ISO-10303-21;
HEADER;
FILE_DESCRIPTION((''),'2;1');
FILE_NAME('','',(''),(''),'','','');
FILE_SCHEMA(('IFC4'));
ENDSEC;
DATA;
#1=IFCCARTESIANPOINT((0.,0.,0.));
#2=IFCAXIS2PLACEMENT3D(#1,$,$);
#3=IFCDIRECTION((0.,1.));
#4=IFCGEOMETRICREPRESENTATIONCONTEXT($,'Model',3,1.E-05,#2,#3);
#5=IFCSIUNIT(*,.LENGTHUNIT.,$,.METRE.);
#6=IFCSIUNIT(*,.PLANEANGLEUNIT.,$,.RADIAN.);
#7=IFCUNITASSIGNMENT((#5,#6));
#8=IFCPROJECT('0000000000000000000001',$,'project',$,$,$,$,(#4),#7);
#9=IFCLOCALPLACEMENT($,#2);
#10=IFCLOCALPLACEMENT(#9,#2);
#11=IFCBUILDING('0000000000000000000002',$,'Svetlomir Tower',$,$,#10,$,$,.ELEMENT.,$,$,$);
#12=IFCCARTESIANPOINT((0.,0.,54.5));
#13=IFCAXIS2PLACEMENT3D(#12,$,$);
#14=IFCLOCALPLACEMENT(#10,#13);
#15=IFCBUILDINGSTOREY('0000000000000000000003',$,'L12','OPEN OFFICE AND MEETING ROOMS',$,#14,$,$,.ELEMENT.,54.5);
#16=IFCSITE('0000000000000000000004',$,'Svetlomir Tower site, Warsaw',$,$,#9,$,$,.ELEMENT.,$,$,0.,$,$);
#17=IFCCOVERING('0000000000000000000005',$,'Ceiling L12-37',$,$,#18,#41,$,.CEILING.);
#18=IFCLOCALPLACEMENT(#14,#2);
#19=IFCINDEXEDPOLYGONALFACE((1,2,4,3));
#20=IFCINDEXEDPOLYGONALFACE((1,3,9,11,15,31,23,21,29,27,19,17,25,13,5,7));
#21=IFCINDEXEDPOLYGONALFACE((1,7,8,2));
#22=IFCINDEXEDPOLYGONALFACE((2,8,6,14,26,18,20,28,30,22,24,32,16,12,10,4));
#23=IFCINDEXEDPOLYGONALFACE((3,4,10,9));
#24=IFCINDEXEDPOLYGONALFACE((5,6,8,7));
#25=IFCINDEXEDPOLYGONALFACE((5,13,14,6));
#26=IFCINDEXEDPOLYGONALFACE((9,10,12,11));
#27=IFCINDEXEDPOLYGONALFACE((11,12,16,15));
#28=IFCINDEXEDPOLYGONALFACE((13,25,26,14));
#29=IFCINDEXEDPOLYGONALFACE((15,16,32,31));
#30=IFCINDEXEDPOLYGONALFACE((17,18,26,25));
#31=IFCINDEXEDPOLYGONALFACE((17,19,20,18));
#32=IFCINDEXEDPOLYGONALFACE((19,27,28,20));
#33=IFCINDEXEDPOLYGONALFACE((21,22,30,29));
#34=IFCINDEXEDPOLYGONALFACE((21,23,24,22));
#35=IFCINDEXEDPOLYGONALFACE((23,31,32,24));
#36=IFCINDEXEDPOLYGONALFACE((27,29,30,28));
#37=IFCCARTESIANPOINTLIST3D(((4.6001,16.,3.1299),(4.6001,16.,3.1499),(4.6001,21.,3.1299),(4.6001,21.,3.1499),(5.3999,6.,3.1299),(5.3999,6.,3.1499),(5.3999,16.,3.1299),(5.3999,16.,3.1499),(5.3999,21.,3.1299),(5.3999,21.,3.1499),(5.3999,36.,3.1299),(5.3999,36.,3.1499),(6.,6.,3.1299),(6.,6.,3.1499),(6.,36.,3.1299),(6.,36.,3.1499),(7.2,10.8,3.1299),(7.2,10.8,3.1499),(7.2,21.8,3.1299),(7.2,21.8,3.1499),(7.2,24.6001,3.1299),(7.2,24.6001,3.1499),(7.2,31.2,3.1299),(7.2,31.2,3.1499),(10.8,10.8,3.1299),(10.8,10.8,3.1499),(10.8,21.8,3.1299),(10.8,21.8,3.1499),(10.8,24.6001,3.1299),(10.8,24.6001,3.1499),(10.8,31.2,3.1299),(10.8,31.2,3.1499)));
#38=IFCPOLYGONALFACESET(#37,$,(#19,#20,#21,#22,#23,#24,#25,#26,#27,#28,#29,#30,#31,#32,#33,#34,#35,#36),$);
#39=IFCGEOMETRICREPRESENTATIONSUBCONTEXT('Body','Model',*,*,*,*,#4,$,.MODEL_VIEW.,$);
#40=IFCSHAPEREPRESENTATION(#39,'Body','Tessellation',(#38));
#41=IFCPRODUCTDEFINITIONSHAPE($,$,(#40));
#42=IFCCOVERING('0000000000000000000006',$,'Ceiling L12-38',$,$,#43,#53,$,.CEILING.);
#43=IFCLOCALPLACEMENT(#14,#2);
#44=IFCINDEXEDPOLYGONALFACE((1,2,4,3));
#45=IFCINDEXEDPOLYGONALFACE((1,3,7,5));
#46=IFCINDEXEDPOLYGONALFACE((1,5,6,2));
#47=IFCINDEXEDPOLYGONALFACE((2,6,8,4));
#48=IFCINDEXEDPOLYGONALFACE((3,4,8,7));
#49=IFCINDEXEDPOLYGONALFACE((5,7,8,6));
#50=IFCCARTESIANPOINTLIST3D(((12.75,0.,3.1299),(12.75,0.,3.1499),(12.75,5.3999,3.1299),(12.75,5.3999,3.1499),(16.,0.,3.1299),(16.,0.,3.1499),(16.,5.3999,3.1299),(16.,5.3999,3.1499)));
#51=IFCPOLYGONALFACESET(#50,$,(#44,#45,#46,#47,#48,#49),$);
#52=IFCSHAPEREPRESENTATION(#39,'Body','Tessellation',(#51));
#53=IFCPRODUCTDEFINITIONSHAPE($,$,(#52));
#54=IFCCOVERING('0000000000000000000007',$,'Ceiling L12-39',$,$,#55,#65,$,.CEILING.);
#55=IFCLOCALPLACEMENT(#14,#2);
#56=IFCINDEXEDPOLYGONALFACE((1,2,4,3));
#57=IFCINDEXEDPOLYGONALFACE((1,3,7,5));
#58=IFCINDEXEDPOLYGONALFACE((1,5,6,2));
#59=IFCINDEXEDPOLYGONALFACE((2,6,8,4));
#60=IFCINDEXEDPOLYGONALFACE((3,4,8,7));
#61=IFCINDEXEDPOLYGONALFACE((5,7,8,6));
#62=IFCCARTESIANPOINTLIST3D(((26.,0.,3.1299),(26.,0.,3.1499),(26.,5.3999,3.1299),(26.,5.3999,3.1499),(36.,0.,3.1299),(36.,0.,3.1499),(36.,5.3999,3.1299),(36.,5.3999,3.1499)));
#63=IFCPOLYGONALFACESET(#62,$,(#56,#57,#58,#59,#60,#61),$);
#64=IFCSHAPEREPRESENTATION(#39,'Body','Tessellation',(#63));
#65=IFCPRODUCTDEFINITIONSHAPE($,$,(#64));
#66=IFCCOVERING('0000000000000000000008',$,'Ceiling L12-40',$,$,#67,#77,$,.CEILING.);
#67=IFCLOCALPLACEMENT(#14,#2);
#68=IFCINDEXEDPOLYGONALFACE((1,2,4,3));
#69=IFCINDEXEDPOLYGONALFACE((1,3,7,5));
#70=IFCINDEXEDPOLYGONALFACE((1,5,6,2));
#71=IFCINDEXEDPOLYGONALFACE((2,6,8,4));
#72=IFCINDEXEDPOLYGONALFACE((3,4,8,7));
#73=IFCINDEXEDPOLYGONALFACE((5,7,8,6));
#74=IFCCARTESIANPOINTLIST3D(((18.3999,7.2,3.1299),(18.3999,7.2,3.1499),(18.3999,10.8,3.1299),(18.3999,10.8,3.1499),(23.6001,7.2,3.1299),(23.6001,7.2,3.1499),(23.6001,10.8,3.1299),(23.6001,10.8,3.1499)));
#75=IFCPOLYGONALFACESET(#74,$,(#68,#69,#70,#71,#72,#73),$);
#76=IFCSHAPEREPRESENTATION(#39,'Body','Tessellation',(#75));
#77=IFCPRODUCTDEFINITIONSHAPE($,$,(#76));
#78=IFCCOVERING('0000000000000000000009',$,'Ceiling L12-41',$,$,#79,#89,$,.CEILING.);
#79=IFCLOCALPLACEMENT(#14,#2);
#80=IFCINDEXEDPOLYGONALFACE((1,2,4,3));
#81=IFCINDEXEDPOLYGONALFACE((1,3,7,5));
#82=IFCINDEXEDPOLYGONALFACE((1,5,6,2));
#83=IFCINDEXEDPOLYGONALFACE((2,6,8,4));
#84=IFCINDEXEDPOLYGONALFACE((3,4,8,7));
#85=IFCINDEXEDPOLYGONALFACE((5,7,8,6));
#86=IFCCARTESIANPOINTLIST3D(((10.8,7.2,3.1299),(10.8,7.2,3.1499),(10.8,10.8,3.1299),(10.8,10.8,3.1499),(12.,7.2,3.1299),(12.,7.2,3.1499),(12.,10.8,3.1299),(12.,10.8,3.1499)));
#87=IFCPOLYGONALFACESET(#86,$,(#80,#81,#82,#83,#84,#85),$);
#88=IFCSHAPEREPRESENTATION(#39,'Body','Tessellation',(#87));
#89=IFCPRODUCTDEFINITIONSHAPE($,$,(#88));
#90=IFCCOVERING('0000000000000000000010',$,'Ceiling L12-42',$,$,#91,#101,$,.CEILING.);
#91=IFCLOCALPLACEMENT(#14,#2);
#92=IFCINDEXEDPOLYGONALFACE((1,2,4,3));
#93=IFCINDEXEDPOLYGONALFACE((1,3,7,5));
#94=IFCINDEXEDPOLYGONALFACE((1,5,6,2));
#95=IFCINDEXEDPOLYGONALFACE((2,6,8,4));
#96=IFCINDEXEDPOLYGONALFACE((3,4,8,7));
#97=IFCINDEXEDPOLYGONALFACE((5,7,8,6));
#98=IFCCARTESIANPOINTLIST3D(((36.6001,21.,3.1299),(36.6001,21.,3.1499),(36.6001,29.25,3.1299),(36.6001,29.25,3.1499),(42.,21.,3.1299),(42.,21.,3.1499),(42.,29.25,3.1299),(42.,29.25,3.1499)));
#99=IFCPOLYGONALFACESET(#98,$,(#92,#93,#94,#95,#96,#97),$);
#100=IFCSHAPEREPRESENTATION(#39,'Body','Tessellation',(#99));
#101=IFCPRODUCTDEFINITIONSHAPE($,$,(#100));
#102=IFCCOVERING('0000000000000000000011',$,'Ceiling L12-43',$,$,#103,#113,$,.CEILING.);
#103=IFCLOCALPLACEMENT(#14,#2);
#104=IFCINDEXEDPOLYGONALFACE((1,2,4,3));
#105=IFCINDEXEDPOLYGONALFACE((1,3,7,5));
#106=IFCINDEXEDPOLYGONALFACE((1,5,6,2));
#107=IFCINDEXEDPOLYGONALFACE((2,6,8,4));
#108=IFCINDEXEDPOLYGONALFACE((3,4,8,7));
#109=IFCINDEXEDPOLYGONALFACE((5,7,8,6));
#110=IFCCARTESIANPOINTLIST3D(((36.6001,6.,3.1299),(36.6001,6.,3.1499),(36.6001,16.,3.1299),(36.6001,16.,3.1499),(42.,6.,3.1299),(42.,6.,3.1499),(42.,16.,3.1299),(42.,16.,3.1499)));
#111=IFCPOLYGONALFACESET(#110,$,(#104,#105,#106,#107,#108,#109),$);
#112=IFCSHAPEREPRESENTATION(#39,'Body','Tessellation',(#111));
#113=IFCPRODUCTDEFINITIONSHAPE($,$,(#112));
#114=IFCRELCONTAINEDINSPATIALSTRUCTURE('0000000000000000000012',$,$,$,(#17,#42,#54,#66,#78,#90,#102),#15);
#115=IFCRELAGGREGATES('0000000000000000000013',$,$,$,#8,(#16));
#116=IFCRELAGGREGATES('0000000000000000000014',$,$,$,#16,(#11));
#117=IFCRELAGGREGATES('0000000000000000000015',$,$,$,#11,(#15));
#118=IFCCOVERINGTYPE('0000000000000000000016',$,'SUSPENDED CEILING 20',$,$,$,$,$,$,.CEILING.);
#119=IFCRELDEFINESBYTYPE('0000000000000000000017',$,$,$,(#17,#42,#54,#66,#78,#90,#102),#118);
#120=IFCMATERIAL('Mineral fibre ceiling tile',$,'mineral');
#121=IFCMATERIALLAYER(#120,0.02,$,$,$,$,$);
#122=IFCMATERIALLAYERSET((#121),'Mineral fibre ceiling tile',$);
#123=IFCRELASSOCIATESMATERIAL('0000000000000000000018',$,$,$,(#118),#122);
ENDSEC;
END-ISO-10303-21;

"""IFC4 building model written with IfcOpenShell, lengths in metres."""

from ifc_helpers import new_model, si_unit, direction, frame, origin, place, context, subcontext, project, spatial, polyline, outline, extrude, material, layer, layer_set, type_object, element, save


model = new_model("IFC4")

# Units and contexts
model_context = context("Model", 3, precision=1e-05, world=origin(), true_north=direction((0.0, 1.0)))
body_context = subcontext(model_context, "Body", "Model", "MODEL_VIEW")
ifc_project = project(units=[si_unit("LENGTHUNIT", "METRE"), si_unit("PLANEANGLEUNIT", "RADIAN")], contexts=[model_context])

# Site, building, storey
site_placement = place(None, origin())
site = spatial("IfcSite", under=ifc_project, at=site_placement, Name="Svetlomir Tower site, Warsaw", CompositionType="ELEMENT", RefElevation=0.0)
building_placement = place(site_placement, origin())
building = spatial("IfcBuilding", under=site, at=building_placement, Name="Svetlomir Tower", CompositionType="ELEMENT")
storey_placement = place(building_placement, frame((0.0, 0.0, 54.5)))
storey = spatial("IfcBuildingStorey", under=building, at=storey_placement, Name="L12", Description="OPEN OFFICE AND MEETING ROOMS", CompositionType="ELEMENT", Elevation=54.5)

# Coverings
ifc_material_1 = material(Name="Mineral fibre ceiling tile", Category="mineral")
ifc_layer_1 = layer(ifc_material_1, 0.02)
ifc_layer_set_1 = layer_set([ifc_layer_1], Name="Mineral fibre ceiling tile")
covering_type_1 = type_object("IfcCoveringType", Name="SUSPENDED CEILING 20", PredefinedType="CEILING", material=ifc_layer_set_1)
covering_1_placement = place(storey_placement, frame((0.0, 0.0, 3.1299)))
element("IfcCovering", 1, at=covering_1_placement, inside=storey, type_object=covering_type_1, Name="Ceiling L12-37", PredefinedType="CEILING", context=body_context, shape_type="SweptSolid", body=[
    extrude(outline(polyline([(5.3999, 6.0), (5.3999, 16.0), (4.6001, 16.0), (4.6001, 21.0), (5.3999, 21.0), (5.3999, 36.0), (6.0, 36.0), (10.8, 31.2), (7.2, 31.2), (7.2, 24.6001), (10.8, 24.6001), (10.8, 21.8), (7.2, 21.8), (7.2, 10.8), (10.8, 10.8), (6.0, 6.0), (5.3999, 6.0)])), origin(), (0.0, 0.0, 1.0), 0.02),
])
covering_2_placement = place(storey_placement, frame((0.0, 0.0, 3.1299)))
element("IfcCovering", 2, at=covering_2_placement, inside=storey, type_object=covering_type_1, Name="Ceiling L12-38", PredefinedType="CEILING", context=body_context, shape_type="SweptSolid", body=[
    extrude(outline(polyline([(12.75, 5.3999), (16.0, 5.3999), (16.0, 0.0), (12.75, 0.0), (12.75, 5.3999)])), origin(), (0.0, 0.0, 1.0), 0.02),
])
covering_3_placement = place(storey_placement, frame((0.0, 0.0, 3.1299)))
element("IfcCovering", 3, at=covering_3_placement, inside=storey, type_object=covering_type_1, Name="Ceiling L12-39", PredefinedType="CEILING", context=body_context, shape_type="SweptSolid", body=[
    extrude(outline(polyline([(26.0, 0.0), (26.0, 5.3999), (36.0, 5.3999), (36.0, 0.0), (26.0, 0.0)])), origin(), (0.0, 0.0, 1.0), 0.02),
])
covering_4_placement = place(storey_placement, frame((0.0, 0.0, 3.1299)))
element("IfcCovering", 4, at=covering_4_placement, inside=storey, type_object=covering_type_1, Name="Ceiling L12-40", PredefinedType="CEILING", context=body_context, shape_type="SweptSolid", body=[
    extrude(outline(polyline([(23.6001, 10.8), (23.6001, 7.2), (18.3999, 7.2), (18.3999, 10.8), (23.6001, 10.8)])), origin(), (0.0, 0.0, 1.0), 0.02),
])
covering_5_placement = place(storey_placement, frame((0.0, 0.0, 3.1299)))
element("IfcCovering", 5, at=covering_5_placement, inside=storey, type_object=covering_type_1, Name="Ceiling L12-41", PredefinedType="CEILING", context=body_context, shape_type="SweptSolid", body=[
    extrude(outline(polyline([(12.0, 7.2), (10.8, 7.2), (10.8, 10.8), (12.0, 10.8), (12.0, 7.2)])), origin(), (0.0, 0.0, 1.0), 0.02),
])
covering_6_placement = place(storey_placement, frame((0.0, 0.0, 3.1299)))
element("IfcCovering", 6, at=covering_6_placement, inside=storey, type_object=covering_type_1, Name="Ceiling L12-42", PredefinedType="CEILING", context=body_context, shape_type="SweptSolid", body=[
    extrude(outline(polyline([(42.0, 21.0), (36.6001, 21.0), (36.6001, 29.25), (42.0, 29.25), (42.0, 21.0)])), origin(), (0.0, 0.0, 1.0), 0.02),
])
covering_7_placement = place(storey_placement, frame((0.0, 0.0, 3.1299)))
element("IfcCovering", 7, at=covering_7_placement, inside=storey, type_object=covering_type_1, Name="Ceiling L12-43", PredefinedType="CEILING", context=body_context, shape_type="SweptSolid", body=[
    extrude(outline(polyline([(42.0, 6.0), (36.6001, 6.0), (36.6001, 16.0), (42.0, 16.0), (42.0, 6.0)])), origin(), (0.0, 0.0, 1.0), 0.02),
])

save(model, "model.ifc")
